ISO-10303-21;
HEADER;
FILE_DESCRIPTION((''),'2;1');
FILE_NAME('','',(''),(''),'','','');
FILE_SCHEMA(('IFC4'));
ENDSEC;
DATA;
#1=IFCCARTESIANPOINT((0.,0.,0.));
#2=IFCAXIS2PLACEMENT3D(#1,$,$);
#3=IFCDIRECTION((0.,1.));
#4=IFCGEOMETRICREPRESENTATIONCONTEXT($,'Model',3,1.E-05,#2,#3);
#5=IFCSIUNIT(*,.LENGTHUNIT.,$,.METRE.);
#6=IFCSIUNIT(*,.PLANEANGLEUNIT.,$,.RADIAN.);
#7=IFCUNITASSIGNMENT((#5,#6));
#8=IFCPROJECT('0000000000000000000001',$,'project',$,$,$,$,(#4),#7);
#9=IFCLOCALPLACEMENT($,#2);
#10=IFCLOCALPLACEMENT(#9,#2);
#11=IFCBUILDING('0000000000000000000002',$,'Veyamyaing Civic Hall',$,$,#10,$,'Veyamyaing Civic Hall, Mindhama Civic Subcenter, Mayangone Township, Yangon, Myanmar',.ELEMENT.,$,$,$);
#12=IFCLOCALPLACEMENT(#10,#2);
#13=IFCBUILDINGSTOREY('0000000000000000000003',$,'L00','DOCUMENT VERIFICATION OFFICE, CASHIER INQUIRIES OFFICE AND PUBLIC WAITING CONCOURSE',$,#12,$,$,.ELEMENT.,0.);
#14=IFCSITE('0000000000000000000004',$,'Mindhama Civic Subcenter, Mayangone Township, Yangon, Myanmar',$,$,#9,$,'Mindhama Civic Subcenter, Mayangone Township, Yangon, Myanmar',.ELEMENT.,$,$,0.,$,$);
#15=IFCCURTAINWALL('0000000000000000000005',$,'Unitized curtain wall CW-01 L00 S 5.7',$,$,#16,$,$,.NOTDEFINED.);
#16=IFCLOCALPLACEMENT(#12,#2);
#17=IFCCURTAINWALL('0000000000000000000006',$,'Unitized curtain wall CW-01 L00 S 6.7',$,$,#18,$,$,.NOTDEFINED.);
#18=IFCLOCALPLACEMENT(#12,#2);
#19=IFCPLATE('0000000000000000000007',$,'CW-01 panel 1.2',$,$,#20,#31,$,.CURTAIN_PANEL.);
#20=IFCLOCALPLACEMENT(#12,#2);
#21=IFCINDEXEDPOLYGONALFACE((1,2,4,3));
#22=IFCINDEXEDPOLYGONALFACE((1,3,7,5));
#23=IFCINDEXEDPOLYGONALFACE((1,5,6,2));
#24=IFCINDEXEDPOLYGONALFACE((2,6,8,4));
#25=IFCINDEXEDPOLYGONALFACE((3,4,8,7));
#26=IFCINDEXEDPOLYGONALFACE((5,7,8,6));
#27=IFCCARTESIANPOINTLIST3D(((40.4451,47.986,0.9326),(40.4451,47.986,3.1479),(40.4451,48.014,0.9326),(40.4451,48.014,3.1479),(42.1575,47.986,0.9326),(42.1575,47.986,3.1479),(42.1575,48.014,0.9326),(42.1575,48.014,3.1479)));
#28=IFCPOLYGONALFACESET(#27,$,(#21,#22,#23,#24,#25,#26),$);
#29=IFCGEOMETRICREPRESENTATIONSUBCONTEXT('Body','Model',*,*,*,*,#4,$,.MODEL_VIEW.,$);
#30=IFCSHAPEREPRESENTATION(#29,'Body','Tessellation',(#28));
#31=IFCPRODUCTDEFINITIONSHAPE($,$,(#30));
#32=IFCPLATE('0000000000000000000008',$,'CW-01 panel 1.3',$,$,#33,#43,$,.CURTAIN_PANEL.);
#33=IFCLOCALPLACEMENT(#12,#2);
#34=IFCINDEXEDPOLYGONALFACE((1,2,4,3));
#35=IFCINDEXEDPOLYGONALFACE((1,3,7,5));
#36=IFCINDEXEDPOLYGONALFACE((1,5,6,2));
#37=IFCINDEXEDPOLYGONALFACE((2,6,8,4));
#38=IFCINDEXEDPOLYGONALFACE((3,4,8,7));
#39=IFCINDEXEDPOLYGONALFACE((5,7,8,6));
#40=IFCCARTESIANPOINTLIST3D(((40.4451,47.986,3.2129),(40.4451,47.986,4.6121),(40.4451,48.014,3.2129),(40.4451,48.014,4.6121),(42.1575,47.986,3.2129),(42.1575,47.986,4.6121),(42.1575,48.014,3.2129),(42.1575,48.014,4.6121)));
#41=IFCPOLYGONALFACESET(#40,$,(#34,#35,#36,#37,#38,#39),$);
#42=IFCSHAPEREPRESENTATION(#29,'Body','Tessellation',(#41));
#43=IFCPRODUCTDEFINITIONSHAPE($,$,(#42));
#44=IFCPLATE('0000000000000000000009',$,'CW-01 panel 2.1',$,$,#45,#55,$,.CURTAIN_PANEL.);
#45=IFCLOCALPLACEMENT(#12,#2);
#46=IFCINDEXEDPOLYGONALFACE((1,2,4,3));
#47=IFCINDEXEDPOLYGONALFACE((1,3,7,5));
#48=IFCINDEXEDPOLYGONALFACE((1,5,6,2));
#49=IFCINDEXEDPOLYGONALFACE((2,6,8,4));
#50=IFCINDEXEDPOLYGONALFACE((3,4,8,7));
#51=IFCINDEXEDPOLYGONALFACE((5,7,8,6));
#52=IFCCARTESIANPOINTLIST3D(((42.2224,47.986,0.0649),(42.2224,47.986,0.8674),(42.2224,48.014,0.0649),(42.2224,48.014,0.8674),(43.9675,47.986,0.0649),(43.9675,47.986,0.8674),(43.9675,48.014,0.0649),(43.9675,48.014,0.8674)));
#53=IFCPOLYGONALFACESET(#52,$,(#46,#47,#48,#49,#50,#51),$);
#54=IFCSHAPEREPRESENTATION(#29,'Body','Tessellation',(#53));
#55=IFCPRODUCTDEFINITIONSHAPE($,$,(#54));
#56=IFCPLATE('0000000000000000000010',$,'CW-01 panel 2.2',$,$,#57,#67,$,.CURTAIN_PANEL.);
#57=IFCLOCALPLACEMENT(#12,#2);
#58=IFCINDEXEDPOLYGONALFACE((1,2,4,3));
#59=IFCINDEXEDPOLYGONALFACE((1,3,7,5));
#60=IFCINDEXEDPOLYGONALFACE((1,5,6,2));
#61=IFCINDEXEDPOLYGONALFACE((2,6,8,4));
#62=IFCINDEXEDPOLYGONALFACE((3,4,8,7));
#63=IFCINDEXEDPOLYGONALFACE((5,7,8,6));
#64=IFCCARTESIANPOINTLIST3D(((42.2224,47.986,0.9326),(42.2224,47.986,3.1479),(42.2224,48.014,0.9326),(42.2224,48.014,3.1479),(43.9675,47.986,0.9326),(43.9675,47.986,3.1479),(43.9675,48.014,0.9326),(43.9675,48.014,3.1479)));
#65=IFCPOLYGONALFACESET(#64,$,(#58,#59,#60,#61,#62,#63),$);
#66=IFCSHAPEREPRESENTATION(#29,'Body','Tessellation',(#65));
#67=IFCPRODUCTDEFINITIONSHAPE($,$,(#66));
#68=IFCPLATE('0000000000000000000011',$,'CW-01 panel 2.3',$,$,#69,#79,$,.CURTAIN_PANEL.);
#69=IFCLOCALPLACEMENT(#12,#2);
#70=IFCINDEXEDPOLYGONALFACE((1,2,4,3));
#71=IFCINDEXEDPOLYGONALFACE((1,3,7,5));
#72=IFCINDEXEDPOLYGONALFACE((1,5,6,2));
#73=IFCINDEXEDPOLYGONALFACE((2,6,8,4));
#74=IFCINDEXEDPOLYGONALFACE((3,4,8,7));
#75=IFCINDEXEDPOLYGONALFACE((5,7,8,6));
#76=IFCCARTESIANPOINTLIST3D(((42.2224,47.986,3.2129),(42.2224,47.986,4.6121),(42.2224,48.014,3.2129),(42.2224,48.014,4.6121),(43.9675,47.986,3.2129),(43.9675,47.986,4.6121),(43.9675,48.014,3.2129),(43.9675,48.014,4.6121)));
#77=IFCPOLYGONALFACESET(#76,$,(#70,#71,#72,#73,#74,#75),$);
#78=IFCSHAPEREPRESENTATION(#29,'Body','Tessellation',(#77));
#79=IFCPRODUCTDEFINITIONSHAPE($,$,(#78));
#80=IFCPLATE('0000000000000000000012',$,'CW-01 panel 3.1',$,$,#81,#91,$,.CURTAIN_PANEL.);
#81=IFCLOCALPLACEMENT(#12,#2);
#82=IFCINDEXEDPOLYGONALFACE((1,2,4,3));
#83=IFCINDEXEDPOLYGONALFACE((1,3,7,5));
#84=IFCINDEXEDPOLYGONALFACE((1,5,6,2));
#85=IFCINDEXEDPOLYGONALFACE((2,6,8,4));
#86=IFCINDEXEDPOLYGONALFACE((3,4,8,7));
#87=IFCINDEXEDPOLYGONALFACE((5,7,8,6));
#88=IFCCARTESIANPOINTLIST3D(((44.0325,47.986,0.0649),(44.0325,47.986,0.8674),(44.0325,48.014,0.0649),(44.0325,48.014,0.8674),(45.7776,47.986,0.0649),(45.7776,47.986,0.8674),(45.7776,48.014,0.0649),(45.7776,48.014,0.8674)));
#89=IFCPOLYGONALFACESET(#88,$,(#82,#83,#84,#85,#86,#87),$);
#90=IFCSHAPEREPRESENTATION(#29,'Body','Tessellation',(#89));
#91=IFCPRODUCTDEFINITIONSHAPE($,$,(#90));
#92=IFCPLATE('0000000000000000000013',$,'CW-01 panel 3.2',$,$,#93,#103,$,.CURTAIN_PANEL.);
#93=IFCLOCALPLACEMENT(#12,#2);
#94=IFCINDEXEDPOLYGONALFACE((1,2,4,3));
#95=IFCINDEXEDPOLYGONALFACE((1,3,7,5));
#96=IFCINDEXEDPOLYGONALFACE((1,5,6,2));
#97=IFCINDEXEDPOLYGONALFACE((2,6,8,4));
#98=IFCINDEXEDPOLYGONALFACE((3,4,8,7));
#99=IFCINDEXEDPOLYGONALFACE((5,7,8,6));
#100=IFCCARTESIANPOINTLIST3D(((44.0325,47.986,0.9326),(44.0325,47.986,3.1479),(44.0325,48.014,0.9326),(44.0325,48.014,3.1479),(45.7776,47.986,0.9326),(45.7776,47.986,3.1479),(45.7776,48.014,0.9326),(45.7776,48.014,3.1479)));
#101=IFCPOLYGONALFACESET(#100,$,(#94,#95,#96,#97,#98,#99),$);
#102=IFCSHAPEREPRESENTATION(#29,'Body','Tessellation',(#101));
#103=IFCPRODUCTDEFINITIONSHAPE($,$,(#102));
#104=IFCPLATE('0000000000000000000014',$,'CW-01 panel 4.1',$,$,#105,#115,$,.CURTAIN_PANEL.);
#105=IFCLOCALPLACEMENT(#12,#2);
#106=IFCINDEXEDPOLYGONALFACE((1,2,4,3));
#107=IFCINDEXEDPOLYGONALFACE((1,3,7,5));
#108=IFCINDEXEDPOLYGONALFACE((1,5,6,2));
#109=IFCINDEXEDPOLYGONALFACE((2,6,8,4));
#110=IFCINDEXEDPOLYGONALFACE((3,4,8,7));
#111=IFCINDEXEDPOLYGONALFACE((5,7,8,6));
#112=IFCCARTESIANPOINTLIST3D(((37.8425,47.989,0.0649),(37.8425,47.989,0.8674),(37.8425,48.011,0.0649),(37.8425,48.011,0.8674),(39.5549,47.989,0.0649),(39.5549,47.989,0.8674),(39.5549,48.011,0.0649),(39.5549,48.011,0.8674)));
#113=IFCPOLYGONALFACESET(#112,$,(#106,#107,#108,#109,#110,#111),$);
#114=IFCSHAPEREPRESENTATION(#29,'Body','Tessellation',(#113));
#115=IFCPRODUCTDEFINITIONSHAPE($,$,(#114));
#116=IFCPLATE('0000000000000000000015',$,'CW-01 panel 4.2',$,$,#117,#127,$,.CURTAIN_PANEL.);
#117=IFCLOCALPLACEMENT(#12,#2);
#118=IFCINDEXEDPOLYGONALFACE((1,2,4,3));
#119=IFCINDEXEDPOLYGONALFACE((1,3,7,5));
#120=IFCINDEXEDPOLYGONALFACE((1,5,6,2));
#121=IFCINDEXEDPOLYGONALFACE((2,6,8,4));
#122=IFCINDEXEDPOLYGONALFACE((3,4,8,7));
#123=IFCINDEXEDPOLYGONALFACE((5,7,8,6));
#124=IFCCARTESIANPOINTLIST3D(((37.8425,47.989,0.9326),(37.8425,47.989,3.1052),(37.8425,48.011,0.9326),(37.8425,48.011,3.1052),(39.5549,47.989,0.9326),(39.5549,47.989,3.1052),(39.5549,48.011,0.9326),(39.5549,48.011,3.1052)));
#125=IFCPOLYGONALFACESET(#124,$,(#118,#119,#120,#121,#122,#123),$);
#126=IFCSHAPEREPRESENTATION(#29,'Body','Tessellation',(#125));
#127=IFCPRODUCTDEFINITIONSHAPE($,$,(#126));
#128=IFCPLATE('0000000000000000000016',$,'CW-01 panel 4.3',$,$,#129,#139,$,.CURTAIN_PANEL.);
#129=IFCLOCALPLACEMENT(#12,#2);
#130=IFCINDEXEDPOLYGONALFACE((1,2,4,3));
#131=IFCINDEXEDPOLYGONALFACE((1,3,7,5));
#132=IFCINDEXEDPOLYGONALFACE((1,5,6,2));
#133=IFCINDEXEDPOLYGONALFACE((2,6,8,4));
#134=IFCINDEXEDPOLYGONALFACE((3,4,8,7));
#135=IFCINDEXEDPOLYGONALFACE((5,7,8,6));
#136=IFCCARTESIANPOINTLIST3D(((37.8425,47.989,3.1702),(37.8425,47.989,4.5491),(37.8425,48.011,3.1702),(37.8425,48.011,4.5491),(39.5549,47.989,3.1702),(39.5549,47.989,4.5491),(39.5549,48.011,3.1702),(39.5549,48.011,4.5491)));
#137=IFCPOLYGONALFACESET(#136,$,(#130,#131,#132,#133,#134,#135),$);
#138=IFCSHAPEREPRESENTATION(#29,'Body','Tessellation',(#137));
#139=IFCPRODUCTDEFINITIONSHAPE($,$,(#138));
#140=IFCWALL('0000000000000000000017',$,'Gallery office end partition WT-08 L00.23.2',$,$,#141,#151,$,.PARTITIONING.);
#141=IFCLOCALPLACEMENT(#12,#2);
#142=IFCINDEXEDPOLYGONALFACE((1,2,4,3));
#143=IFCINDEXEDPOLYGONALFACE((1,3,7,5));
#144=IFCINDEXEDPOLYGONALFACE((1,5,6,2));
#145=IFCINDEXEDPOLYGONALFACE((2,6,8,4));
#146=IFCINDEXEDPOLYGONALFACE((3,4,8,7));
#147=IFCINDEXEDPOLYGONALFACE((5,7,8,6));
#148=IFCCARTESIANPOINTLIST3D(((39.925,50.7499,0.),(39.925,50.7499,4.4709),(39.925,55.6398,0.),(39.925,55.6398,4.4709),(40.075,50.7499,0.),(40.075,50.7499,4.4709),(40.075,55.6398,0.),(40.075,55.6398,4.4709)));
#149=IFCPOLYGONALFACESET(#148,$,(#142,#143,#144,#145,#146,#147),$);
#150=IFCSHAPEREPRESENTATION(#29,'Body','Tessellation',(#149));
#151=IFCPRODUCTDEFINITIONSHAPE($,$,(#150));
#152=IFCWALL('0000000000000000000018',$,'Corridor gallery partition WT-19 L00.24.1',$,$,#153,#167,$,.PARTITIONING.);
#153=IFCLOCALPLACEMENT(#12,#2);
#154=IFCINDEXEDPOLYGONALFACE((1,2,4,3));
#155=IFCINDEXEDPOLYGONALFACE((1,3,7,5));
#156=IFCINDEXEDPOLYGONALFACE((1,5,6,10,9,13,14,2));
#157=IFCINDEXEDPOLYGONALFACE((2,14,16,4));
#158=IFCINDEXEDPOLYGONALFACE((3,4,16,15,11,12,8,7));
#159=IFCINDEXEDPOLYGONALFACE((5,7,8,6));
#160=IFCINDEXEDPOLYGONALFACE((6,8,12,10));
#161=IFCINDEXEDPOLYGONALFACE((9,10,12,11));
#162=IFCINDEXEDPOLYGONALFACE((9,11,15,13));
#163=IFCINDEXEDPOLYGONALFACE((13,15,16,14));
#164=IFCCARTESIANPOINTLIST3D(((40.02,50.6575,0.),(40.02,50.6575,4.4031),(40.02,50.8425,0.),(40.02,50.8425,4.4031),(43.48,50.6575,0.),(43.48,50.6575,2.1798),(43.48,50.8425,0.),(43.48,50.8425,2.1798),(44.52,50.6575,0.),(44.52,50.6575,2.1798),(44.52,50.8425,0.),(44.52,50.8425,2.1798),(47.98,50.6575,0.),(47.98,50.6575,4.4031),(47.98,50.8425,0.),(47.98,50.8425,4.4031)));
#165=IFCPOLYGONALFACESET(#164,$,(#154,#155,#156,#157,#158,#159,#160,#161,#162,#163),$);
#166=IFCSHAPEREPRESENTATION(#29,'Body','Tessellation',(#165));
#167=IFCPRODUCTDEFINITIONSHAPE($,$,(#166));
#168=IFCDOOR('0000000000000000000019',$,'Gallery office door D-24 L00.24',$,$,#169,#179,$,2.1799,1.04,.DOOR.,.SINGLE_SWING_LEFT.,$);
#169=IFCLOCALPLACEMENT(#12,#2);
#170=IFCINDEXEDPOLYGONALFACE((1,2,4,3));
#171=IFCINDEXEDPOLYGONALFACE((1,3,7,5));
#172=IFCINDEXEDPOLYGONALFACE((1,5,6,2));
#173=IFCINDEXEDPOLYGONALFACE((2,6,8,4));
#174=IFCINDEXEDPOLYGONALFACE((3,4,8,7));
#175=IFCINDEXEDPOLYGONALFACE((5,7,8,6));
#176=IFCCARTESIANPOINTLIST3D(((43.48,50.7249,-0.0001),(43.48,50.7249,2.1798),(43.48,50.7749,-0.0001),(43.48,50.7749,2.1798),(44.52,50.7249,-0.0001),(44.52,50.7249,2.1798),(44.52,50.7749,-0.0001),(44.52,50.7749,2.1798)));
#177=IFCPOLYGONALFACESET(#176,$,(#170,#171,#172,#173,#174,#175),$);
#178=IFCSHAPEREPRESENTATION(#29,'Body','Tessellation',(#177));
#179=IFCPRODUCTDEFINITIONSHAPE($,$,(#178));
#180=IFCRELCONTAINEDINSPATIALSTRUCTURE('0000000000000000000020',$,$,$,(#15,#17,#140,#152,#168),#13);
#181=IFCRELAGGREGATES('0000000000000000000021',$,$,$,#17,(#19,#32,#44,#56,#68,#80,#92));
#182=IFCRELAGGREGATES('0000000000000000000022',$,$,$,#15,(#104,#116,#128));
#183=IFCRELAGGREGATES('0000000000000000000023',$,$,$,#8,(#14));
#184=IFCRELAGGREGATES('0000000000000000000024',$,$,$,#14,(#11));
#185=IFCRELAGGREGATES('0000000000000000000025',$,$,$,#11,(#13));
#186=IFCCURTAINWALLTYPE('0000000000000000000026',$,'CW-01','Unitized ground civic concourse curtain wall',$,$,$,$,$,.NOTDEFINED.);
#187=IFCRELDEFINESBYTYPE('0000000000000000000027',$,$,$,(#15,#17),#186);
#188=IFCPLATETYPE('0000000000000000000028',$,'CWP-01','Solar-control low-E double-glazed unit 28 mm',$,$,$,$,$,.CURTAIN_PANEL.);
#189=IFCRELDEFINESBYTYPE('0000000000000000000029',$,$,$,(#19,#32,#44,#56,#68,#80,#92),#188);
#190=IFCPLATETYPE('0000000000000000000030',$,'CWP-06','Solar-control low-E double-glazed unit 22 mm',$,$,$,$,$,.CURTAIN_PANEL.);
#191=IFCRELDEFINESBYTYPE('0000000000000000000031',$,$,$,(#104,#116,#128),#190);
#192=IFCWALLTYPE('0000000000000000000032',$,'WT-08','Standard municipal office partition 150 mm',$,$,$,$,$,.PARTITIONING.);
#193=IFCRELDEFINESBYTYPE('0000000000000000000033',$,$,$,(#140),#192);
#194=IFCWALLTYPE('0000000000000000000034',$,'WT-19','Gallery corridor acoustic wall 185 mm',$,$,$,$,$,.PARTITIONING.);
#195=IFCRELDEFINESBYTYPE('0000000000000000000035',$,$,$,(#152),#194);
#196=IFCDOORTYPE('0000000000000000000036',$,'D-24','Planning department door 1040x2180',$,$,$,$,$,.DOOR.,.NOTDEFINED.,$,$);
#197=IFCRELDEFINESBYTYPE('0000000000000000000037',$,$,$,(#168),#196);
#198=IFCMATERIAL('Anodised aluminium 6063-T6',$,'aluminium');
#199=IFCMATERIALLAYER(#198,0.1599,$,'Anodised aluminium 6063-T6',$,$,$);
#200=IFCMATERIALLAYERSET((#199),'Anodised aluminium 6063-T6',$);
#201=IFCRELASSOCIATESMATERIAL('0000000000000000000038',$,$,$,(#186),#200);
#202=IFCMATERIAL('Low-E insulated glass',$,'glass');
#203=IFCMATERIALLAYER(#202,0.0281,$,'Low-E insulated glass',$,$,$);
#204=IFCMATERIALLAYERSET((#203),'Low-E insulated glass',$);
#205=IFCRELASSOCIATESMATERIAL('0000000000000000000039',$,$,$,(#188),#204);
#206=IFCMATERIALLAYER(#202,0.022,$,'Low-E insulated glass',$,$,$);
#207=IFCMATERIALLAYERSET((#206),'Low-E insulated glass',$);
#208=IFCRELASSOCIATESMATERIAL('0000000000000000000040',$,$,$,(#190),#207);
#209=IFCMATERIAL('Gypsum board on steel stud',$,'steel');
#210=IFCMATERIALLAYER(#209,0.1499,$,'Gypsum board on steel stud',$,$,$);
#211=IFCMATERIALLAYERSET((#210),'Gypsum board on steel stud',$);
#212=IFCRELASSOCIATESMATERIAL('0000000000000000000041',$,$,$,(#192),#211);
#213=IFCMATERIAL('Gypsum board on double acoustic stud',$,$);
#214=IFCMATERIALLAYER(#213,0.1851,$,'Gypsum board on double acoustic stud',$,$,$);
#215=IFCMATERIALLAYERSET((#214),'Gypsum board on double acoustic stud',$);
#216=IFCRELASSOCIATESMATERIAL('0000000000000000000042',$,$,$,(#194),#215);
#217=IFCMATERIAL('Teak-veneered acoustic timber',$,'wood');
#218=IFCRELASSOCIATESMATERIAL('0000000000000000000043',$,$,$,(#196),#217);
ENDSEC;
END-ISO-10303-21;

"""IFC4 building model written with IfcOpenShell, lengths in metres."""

from ifc_helpers import new_model, si_unit, direction, frame, frame_2d, origin, origin_2d, place, context, subcontext, project, spatial, rectangle, extrude, material, layer, layer_set, type_object, element, fill, aggregate, save


model = new_model("IFC4")

# Units and contexts
model_context = context("Model", 3, precision=1e-05, world=origin(), true_north=direction((0.0, 1.0)))
body_context = subcontext(model_context, "Body", "Model", "MODEL_VIEW")
ifc_project = project(units=[si_unit("LENGTHUNIT", "METRE"), si_unit("PLANEANGLEUNIT", "RADIAN")], contexts=[model_context])

# Site, building, storey
site_placement = place(None, origin())
site = spatial("IfcSite", under=ifc_project, at=site_placement, Name="Mindhama Civic Subcenter, Mayangone Township, Yangon, Myanmar", LongName="Mindhama Civic Subcenter, Mayangone Township, Yangon, Myanmar", CompositionType="ELEMENT", RefElevation=0.0)
building_placement = place(site_placement, origin())
building = spatial("IfcBuilding", under=site, at=building_placement, Name="Veyamyaing Civic Hall", LongName="Veyamyaing Civic Hall, Mindhama Civic Subcenter, Mayangone Township, Yangon, Myanmar", CompositionType="ELEMENT")
storey_placement = place(building_placement, origin())
storey = spatial("IfcBuildingStorey", under=building, at=storey_placement, Name="L00", Description="DOCUMENT VERIFICATION OFFICE, CASHIER INQUIRIES OFFICE AND PUBLIC WAITING CONCOURSE", CompositionType="ELEMENT", Elevation=0.0)

# Curtain wall
ifc_material_1 = material(Name="Anodised aluminium 6063-T6", Category="aluminium")
ifc_layer_1 = layer(ifc_material_1, 0.1599, Name="Anodised aluminium 6063-T6")
ifc_layer_set_1 = layer_set([ifc_layer_1], Name="Anodised aluminium 6063-T6")
curtain_wall_type = type_object("IfcCurtainWallType", Name="CW-01", Description="Unitized ground civic concourse curtain wall", PredefinedType="NOTDEFINED", material=ifc_layer_set_1)
curtain_wall_1_placement = place(storey_placement, origin())
curtain_wall_1 = element("IfcCurtainWall", 1, at=curtain_wall_1_placement, inside=storey, type_object=curtain_wall_type, Name="Unitized curtain wall CW-01 L00 S 5.7", PredefinedType="NOTDEFINED")

# Curtain wall
curtain_wall_2_placement = place(storey_placement, origin())
curtain_wall_2 = element("IfcCurtainWall", 2, at=curtain_wall_2_placement, inside=storey, type_object=curtain_wall_type, Name="Unitized curtain wall CW-01 L00 S 6.7", PredefinedType="NOTDEFINED")

# Plates
ifc_material_2 = material(Name="Low-E insulated glass", Category="glass")
ifc_layer_2 = layer(ifc_material_2, 0.0281, Name="Low-E insulated glass")
ifc_layer_set_2 = layer_set([ifc_layer_2], Name="Low-E insulated glass")
plate_type_1 = type_object("IfcPlateType", Name="CWP-01", Description="Solar-control low-E double-glazed unit 28 mm", PredefinedType="CURTAIN_PANEL", material=ifc_layer_set_2)
plate_1_placement = place(storey_placement, frame((41.3013, 48.0, 0.9326), z_axis=(0.0, 0.0, 1.0), x_axis=(1.0, 0.0, 0.0)))
plate_1 = element("IfcPlate", 3, at=plate_1_placement, type_object=plate_type_1, Name="CW-01 panel 1.2", PredefinedType="CURTAIN_PANEL", context=body_context, shape_type="SweptSolid", body=[
    extrude(rectangle(XDim=1.7124, YDim=0.0281, at=origin_2d()), origin(), (0.0, 0.0, 1.0), 2.2153),
])
plate_2_placement = place(storey_placement, frame((41.3013, 48.0, 3.2129), z_axis=(0.0, 0.0, 1.0), x_axis=(1.0, 0.0, 0.0)))
plate_2 = element("IfcPlate", 4, at=plate_2_placement, type_object=plate_type_1, Name="CW-01 panel 1.3", PredefinedType="CURTAIN_PANEL", context=body_context, shape_type="SweptSolid", body=[
    extrude(rectangle(XDim=1.7124, YDim=0.0281, at=origin_2d()), origin(), (0.0, 0.0, 1.0), 1.3992),
])
plate_3_placement = place(storey_placement, frame((43.095, 48.0, 0.0649), z_axis=(0.0, 0.0, 1.0), x_axis=(1.0, 0.0, 0.0)))
plate_3 = element("IfcPlate", 5, at=plate_3_placement, type_object=plate_type_1, Name="CW-01 panel 2.1", PredefinedType="CURTAIN_PANEL", context=body_context, shape_type="SweptSolid", body=[
    extrude(rectangle(XDim=1.7451, YDim=0.0281, at=origin_2d()), origin(), (0.0, 0.0, 1.0), 0.8025),
])
plate_4_placement = place(storey_placement, frame((43.095, 48.0, 0.9326), z_axis=(0.0, 0.0, 1.0), x_axis=(1.0, 0.0, 0.0)))
plate_4 = element("IfcPlate", 6, at=plate_4_placement, type_object=plate_type_1, Name="CW-01 panel 2.2", PredefinedType="CURTAIN_PANEL", context=body_context, shape_type="SweptSolid", body=[
    extrude(rectangle(XDim=1.7451, YDim=0.0281, at=origin_2d()), origin(), (0.0, 0.0, 1.0), 2.2153),
])
plate_5_placement = place(storey_placement, frame((43.095, 48.0, 3.2129), z_axis=(0.0, 0.0, 1.0), x_axis=(1.0, 0.0, 0.0)))
plate_5 = element("IfcPlate", 7, at=plate_5_placement, type_object=plate_type_1, Name="CW-01 panel 2.3", PredefinedType="CURTAIN_PANEL", context=body_context, shape_type="SweptSolid", body=[
    extrude(rectangle(XDim=1.7451, YDim=0.0281, at=origin_2d()), origin(), (0.0, 0.0, 1.0), 1.3992),
])
plate_6_placement = place(storey_placement, frame((44.905, 48.0, 0.0649), z_axis=(0.0, 0.0, 1.0), x_axis=(1.0, 0.0, 0.0)))
plate_6 = element("IfcPlate", 8, at=plate_6_placement, type_object=plate_type_1, Name="CW-01 panel 3.1", PredefinedType="CURTAIN_PANEL", context=body_context, shape_type="SweptSolid", body=[
    extrude(rectangle(XDim=1.7451, YDim=0.0281, at=origin_2d()), origin(), (0.0, 0.0, 1.0), 0.8025),
])
plate_7_placement = place(storey_placement, frame((44.905, 48.0, 0.9326), z_axis=(0.0, 0.0, 1.0), x_axis=(1.0, 0.0, 0.0)))
plate_7 = element("IfcPlate", 9, at=plate_7_placement, type_object=plate_type_1, Name="CW-01 panel 3.2", PredefinedType="CURTAIN_PANEL", context=body_context, shape_type="SweptSolid", body=[
    extrude(rectangle(XDim=1.7451, YDim=0.0281, at=origin_2d()), origin(), (0.0, 0.0, 1.0), 2.2153),
])
aggregate(curtain_wall_2, [plate_1, plate_2, plate_3, plate_4, plate_5, plate_6, plate_7])
ifc_layer_3 = layer(ifc_material_2, 0.022, Name="Low-E insulated glass")
ifc_layer_set_3 = layer_set([ifc_layer_3], Name="Low-E insulated glass")
plate_type_2 = type_object("IfcPlateType", Name="CWP-06", Description="Solar-control low-E double-glazed unit 22 mm", PredefinedType="CURTAIN_PANEL", material=ifc_layer_set_3)
plate_8_placement = place(storey_placement, frame((38.6987, 48.0, 0.0649), z_axis=(0.0, 0.0, 1.0), x_axis=(1.0, 0.0, 0.0)))
plate_8 = element("IfcPlate", 10, at=plate_8_placement, type_object=plate_type_2, Name="CW-01 panel 4.1", PredefinedType="CURTAIN_PANEL", context=body_context, shape_type="SweptSolid", body=[
    extrude(rectangle(XDim=1.7124, YDim=0.022, at=origin_2d()), origin(), (0.0, 0.0, 1.0), 0.8025),
])
plate_9_placement = place(storey_placement, frame((38.6987, 48.0, 0.9326), z_axis=(0.0, 0.0, 1.0), x_axis=(1.0, 0.0, 0.0)))
plate_9 = element("IfcPlate", 11, at=plate_9_placement, type_object=plate_type_2, Name="CW-01 panel 4.2", PredefinedType="CURTAIN_PANEL", context=body_context, shape_type="SweptSolid", body=[
    extrude(rectangle(XDim=1.7124, YDim=0.022, at=origin_2d()), origin(), (0.0, 0.0, 1.0), 2.1726),
])
plate_10_placement = place(storey_placement, frame((38.6987, 48.0, 3.1702), z_axis=(0.0, 0.0, 1.0), x_axis=(1.0, 0.0, 0.0)))
plate_10 = element("IfcPlate", 12, at=plate_10_placement, type_object=plate_type_2, Name="CW-01 panel 4.3", PredefinedType="CURTAIN_PANEL", context=body_context, shape_type="SweptSolid", body=[
    extrude(rectangle(XDim=1.7124, YDim=0.022, at=origin_2d()), origin(), (0.0, 0.0, 1.0), 1.3789),
])
aggregate(curtain_wall_1, [plate_8, plate_9, plate_10])

# Wall
ifc_material_3 = material(Name="Gypsum board on steel stud", Category="steel")
ifc_layer_4 = layer(ifc_material_3, 0.1499, Name="Gypsum board on steel stud")
ifc_layer_set_4 = layer_set([ifc_layer_4], Name="Gypsum board on steel stud")
wall_type_1 = type_object("IfcWallType", Name="WT-08", Description="Standard municipal office partition 150 mm", PredefinedType="PARTITIONING", material=ifc_layer_set_4)
wall_1_placement = place(storey_placement, frame((40.0, 50.75, 0.0), z_axis=(0.0, 0.0, 1.0), x_axis=(0.0, 1.0, 0.0)))
element("IfcWall", 13, at=wall_1_placement, inside=storey, type_object=wall_type_1, Name="Gallery office end partition WT-08 L00.23.2", PredefinedType="PARTITIONING", context=body_context, shape_type="SweptSolid", body=[
    extrude(rectangle(XDim=4.8899, YDim=0.1499, at=frame_2d((2.4448, 0.0))), origin(), (0.0, 0.0, 1.0), 4.4709),
])

# Wall, opening, door
ifc_material_4 = material(Name="Gypsum board on double acoustic stud")
ifc_layer_5 = layer(ifc_material_4, 0.1851, Name="Gypsum board on double acoustic stud")
ifc_layer_set_5 = layer_set([ifc_layer_5], Name="Gypsum board on double acoustic stud")
wall_type_2 = type_object("IfcWallType", Name="WT-19", Description="Gallery corridor acoustic wall 185 mm", PredefinedType="PARTITIONING", material=ifc_layer_set_5)
wall_2_placement = place(storey_placement, frame((40.02, 50.75, 0.0), z_axis=(0.0, 0.0, 1.0), x_axis=(1.0, 0.0, 0.0)))
wall_2 = element("IfcWall", 14, at=wall_2_placement, inside=storey, type_object=wall_type_2, Name="Corridor gallery partition WT-19 L00.24.1", PredefinedType="PARTITIONING", context=body_context, shape_type="SweptSolid", body=[
    extrude(rectangle(XDim=7.96, YDim=0.1851, at=frame_2d((3.98, 0.0))), origin(), (0.0, 0.0, 1.0), 4.4031),
])
opening_placement = place(wall_2_placement, frame((3.46, 0.0, 0.0)))
opening = element("IfcOpeningElement", 15, at=opening_placement, cuts=wall_2, PredefinedType="OPENING", context=body_context, shape_type="SweptSolid", body=[
    extrude(rectangle(XDim=1.04, YDim=2.1799, at=frame_2d((0.52, 1.0898))), frame((0.0, 0.1025, 0.0), z_axis=(0.0, -1.0, 0.0), x_axis=(1.0, 0.0, 0.0)), (0.0, 0.0, 1.0), 0.2051),
])
ifc_material_5 = material(Name="Teak-veneered acoustic timber", Category="wood")
door_type = type_object("IfcDoorType", Name="D-24", Description="Planning department door 1040x2180", OperationType="NOTDEFINED", PredefinedType="DOOR", material=ifc_material_5)
door_placement = place(opening_placement, origin())
door = element("IfcDoor", 16, at=door_placement, inside=storey, type_object=door_type, Name="Gallery office door D-24 L00.24", OperationType="SINGLE_SWING_LEFT", OverallHeight=2.1799, OverallWidth=1.04, PredefinedType="DOOR", context=body_context, shape_type="SweptSolid", body=[
    extrude(rectangle(XDim=1.04, YDim=2.1799, at=frame_2d((0.52, 1.0898))), frame((0.0, 0.0249, 0.0), z_axis=(0.0, -1.0, 0.0), x_axis=(1.0, 0.0, 0.0)), (0.0, 0.0, 1.0), 0.05),
])
fill(opening, door)

save(model, "model.ifc")
